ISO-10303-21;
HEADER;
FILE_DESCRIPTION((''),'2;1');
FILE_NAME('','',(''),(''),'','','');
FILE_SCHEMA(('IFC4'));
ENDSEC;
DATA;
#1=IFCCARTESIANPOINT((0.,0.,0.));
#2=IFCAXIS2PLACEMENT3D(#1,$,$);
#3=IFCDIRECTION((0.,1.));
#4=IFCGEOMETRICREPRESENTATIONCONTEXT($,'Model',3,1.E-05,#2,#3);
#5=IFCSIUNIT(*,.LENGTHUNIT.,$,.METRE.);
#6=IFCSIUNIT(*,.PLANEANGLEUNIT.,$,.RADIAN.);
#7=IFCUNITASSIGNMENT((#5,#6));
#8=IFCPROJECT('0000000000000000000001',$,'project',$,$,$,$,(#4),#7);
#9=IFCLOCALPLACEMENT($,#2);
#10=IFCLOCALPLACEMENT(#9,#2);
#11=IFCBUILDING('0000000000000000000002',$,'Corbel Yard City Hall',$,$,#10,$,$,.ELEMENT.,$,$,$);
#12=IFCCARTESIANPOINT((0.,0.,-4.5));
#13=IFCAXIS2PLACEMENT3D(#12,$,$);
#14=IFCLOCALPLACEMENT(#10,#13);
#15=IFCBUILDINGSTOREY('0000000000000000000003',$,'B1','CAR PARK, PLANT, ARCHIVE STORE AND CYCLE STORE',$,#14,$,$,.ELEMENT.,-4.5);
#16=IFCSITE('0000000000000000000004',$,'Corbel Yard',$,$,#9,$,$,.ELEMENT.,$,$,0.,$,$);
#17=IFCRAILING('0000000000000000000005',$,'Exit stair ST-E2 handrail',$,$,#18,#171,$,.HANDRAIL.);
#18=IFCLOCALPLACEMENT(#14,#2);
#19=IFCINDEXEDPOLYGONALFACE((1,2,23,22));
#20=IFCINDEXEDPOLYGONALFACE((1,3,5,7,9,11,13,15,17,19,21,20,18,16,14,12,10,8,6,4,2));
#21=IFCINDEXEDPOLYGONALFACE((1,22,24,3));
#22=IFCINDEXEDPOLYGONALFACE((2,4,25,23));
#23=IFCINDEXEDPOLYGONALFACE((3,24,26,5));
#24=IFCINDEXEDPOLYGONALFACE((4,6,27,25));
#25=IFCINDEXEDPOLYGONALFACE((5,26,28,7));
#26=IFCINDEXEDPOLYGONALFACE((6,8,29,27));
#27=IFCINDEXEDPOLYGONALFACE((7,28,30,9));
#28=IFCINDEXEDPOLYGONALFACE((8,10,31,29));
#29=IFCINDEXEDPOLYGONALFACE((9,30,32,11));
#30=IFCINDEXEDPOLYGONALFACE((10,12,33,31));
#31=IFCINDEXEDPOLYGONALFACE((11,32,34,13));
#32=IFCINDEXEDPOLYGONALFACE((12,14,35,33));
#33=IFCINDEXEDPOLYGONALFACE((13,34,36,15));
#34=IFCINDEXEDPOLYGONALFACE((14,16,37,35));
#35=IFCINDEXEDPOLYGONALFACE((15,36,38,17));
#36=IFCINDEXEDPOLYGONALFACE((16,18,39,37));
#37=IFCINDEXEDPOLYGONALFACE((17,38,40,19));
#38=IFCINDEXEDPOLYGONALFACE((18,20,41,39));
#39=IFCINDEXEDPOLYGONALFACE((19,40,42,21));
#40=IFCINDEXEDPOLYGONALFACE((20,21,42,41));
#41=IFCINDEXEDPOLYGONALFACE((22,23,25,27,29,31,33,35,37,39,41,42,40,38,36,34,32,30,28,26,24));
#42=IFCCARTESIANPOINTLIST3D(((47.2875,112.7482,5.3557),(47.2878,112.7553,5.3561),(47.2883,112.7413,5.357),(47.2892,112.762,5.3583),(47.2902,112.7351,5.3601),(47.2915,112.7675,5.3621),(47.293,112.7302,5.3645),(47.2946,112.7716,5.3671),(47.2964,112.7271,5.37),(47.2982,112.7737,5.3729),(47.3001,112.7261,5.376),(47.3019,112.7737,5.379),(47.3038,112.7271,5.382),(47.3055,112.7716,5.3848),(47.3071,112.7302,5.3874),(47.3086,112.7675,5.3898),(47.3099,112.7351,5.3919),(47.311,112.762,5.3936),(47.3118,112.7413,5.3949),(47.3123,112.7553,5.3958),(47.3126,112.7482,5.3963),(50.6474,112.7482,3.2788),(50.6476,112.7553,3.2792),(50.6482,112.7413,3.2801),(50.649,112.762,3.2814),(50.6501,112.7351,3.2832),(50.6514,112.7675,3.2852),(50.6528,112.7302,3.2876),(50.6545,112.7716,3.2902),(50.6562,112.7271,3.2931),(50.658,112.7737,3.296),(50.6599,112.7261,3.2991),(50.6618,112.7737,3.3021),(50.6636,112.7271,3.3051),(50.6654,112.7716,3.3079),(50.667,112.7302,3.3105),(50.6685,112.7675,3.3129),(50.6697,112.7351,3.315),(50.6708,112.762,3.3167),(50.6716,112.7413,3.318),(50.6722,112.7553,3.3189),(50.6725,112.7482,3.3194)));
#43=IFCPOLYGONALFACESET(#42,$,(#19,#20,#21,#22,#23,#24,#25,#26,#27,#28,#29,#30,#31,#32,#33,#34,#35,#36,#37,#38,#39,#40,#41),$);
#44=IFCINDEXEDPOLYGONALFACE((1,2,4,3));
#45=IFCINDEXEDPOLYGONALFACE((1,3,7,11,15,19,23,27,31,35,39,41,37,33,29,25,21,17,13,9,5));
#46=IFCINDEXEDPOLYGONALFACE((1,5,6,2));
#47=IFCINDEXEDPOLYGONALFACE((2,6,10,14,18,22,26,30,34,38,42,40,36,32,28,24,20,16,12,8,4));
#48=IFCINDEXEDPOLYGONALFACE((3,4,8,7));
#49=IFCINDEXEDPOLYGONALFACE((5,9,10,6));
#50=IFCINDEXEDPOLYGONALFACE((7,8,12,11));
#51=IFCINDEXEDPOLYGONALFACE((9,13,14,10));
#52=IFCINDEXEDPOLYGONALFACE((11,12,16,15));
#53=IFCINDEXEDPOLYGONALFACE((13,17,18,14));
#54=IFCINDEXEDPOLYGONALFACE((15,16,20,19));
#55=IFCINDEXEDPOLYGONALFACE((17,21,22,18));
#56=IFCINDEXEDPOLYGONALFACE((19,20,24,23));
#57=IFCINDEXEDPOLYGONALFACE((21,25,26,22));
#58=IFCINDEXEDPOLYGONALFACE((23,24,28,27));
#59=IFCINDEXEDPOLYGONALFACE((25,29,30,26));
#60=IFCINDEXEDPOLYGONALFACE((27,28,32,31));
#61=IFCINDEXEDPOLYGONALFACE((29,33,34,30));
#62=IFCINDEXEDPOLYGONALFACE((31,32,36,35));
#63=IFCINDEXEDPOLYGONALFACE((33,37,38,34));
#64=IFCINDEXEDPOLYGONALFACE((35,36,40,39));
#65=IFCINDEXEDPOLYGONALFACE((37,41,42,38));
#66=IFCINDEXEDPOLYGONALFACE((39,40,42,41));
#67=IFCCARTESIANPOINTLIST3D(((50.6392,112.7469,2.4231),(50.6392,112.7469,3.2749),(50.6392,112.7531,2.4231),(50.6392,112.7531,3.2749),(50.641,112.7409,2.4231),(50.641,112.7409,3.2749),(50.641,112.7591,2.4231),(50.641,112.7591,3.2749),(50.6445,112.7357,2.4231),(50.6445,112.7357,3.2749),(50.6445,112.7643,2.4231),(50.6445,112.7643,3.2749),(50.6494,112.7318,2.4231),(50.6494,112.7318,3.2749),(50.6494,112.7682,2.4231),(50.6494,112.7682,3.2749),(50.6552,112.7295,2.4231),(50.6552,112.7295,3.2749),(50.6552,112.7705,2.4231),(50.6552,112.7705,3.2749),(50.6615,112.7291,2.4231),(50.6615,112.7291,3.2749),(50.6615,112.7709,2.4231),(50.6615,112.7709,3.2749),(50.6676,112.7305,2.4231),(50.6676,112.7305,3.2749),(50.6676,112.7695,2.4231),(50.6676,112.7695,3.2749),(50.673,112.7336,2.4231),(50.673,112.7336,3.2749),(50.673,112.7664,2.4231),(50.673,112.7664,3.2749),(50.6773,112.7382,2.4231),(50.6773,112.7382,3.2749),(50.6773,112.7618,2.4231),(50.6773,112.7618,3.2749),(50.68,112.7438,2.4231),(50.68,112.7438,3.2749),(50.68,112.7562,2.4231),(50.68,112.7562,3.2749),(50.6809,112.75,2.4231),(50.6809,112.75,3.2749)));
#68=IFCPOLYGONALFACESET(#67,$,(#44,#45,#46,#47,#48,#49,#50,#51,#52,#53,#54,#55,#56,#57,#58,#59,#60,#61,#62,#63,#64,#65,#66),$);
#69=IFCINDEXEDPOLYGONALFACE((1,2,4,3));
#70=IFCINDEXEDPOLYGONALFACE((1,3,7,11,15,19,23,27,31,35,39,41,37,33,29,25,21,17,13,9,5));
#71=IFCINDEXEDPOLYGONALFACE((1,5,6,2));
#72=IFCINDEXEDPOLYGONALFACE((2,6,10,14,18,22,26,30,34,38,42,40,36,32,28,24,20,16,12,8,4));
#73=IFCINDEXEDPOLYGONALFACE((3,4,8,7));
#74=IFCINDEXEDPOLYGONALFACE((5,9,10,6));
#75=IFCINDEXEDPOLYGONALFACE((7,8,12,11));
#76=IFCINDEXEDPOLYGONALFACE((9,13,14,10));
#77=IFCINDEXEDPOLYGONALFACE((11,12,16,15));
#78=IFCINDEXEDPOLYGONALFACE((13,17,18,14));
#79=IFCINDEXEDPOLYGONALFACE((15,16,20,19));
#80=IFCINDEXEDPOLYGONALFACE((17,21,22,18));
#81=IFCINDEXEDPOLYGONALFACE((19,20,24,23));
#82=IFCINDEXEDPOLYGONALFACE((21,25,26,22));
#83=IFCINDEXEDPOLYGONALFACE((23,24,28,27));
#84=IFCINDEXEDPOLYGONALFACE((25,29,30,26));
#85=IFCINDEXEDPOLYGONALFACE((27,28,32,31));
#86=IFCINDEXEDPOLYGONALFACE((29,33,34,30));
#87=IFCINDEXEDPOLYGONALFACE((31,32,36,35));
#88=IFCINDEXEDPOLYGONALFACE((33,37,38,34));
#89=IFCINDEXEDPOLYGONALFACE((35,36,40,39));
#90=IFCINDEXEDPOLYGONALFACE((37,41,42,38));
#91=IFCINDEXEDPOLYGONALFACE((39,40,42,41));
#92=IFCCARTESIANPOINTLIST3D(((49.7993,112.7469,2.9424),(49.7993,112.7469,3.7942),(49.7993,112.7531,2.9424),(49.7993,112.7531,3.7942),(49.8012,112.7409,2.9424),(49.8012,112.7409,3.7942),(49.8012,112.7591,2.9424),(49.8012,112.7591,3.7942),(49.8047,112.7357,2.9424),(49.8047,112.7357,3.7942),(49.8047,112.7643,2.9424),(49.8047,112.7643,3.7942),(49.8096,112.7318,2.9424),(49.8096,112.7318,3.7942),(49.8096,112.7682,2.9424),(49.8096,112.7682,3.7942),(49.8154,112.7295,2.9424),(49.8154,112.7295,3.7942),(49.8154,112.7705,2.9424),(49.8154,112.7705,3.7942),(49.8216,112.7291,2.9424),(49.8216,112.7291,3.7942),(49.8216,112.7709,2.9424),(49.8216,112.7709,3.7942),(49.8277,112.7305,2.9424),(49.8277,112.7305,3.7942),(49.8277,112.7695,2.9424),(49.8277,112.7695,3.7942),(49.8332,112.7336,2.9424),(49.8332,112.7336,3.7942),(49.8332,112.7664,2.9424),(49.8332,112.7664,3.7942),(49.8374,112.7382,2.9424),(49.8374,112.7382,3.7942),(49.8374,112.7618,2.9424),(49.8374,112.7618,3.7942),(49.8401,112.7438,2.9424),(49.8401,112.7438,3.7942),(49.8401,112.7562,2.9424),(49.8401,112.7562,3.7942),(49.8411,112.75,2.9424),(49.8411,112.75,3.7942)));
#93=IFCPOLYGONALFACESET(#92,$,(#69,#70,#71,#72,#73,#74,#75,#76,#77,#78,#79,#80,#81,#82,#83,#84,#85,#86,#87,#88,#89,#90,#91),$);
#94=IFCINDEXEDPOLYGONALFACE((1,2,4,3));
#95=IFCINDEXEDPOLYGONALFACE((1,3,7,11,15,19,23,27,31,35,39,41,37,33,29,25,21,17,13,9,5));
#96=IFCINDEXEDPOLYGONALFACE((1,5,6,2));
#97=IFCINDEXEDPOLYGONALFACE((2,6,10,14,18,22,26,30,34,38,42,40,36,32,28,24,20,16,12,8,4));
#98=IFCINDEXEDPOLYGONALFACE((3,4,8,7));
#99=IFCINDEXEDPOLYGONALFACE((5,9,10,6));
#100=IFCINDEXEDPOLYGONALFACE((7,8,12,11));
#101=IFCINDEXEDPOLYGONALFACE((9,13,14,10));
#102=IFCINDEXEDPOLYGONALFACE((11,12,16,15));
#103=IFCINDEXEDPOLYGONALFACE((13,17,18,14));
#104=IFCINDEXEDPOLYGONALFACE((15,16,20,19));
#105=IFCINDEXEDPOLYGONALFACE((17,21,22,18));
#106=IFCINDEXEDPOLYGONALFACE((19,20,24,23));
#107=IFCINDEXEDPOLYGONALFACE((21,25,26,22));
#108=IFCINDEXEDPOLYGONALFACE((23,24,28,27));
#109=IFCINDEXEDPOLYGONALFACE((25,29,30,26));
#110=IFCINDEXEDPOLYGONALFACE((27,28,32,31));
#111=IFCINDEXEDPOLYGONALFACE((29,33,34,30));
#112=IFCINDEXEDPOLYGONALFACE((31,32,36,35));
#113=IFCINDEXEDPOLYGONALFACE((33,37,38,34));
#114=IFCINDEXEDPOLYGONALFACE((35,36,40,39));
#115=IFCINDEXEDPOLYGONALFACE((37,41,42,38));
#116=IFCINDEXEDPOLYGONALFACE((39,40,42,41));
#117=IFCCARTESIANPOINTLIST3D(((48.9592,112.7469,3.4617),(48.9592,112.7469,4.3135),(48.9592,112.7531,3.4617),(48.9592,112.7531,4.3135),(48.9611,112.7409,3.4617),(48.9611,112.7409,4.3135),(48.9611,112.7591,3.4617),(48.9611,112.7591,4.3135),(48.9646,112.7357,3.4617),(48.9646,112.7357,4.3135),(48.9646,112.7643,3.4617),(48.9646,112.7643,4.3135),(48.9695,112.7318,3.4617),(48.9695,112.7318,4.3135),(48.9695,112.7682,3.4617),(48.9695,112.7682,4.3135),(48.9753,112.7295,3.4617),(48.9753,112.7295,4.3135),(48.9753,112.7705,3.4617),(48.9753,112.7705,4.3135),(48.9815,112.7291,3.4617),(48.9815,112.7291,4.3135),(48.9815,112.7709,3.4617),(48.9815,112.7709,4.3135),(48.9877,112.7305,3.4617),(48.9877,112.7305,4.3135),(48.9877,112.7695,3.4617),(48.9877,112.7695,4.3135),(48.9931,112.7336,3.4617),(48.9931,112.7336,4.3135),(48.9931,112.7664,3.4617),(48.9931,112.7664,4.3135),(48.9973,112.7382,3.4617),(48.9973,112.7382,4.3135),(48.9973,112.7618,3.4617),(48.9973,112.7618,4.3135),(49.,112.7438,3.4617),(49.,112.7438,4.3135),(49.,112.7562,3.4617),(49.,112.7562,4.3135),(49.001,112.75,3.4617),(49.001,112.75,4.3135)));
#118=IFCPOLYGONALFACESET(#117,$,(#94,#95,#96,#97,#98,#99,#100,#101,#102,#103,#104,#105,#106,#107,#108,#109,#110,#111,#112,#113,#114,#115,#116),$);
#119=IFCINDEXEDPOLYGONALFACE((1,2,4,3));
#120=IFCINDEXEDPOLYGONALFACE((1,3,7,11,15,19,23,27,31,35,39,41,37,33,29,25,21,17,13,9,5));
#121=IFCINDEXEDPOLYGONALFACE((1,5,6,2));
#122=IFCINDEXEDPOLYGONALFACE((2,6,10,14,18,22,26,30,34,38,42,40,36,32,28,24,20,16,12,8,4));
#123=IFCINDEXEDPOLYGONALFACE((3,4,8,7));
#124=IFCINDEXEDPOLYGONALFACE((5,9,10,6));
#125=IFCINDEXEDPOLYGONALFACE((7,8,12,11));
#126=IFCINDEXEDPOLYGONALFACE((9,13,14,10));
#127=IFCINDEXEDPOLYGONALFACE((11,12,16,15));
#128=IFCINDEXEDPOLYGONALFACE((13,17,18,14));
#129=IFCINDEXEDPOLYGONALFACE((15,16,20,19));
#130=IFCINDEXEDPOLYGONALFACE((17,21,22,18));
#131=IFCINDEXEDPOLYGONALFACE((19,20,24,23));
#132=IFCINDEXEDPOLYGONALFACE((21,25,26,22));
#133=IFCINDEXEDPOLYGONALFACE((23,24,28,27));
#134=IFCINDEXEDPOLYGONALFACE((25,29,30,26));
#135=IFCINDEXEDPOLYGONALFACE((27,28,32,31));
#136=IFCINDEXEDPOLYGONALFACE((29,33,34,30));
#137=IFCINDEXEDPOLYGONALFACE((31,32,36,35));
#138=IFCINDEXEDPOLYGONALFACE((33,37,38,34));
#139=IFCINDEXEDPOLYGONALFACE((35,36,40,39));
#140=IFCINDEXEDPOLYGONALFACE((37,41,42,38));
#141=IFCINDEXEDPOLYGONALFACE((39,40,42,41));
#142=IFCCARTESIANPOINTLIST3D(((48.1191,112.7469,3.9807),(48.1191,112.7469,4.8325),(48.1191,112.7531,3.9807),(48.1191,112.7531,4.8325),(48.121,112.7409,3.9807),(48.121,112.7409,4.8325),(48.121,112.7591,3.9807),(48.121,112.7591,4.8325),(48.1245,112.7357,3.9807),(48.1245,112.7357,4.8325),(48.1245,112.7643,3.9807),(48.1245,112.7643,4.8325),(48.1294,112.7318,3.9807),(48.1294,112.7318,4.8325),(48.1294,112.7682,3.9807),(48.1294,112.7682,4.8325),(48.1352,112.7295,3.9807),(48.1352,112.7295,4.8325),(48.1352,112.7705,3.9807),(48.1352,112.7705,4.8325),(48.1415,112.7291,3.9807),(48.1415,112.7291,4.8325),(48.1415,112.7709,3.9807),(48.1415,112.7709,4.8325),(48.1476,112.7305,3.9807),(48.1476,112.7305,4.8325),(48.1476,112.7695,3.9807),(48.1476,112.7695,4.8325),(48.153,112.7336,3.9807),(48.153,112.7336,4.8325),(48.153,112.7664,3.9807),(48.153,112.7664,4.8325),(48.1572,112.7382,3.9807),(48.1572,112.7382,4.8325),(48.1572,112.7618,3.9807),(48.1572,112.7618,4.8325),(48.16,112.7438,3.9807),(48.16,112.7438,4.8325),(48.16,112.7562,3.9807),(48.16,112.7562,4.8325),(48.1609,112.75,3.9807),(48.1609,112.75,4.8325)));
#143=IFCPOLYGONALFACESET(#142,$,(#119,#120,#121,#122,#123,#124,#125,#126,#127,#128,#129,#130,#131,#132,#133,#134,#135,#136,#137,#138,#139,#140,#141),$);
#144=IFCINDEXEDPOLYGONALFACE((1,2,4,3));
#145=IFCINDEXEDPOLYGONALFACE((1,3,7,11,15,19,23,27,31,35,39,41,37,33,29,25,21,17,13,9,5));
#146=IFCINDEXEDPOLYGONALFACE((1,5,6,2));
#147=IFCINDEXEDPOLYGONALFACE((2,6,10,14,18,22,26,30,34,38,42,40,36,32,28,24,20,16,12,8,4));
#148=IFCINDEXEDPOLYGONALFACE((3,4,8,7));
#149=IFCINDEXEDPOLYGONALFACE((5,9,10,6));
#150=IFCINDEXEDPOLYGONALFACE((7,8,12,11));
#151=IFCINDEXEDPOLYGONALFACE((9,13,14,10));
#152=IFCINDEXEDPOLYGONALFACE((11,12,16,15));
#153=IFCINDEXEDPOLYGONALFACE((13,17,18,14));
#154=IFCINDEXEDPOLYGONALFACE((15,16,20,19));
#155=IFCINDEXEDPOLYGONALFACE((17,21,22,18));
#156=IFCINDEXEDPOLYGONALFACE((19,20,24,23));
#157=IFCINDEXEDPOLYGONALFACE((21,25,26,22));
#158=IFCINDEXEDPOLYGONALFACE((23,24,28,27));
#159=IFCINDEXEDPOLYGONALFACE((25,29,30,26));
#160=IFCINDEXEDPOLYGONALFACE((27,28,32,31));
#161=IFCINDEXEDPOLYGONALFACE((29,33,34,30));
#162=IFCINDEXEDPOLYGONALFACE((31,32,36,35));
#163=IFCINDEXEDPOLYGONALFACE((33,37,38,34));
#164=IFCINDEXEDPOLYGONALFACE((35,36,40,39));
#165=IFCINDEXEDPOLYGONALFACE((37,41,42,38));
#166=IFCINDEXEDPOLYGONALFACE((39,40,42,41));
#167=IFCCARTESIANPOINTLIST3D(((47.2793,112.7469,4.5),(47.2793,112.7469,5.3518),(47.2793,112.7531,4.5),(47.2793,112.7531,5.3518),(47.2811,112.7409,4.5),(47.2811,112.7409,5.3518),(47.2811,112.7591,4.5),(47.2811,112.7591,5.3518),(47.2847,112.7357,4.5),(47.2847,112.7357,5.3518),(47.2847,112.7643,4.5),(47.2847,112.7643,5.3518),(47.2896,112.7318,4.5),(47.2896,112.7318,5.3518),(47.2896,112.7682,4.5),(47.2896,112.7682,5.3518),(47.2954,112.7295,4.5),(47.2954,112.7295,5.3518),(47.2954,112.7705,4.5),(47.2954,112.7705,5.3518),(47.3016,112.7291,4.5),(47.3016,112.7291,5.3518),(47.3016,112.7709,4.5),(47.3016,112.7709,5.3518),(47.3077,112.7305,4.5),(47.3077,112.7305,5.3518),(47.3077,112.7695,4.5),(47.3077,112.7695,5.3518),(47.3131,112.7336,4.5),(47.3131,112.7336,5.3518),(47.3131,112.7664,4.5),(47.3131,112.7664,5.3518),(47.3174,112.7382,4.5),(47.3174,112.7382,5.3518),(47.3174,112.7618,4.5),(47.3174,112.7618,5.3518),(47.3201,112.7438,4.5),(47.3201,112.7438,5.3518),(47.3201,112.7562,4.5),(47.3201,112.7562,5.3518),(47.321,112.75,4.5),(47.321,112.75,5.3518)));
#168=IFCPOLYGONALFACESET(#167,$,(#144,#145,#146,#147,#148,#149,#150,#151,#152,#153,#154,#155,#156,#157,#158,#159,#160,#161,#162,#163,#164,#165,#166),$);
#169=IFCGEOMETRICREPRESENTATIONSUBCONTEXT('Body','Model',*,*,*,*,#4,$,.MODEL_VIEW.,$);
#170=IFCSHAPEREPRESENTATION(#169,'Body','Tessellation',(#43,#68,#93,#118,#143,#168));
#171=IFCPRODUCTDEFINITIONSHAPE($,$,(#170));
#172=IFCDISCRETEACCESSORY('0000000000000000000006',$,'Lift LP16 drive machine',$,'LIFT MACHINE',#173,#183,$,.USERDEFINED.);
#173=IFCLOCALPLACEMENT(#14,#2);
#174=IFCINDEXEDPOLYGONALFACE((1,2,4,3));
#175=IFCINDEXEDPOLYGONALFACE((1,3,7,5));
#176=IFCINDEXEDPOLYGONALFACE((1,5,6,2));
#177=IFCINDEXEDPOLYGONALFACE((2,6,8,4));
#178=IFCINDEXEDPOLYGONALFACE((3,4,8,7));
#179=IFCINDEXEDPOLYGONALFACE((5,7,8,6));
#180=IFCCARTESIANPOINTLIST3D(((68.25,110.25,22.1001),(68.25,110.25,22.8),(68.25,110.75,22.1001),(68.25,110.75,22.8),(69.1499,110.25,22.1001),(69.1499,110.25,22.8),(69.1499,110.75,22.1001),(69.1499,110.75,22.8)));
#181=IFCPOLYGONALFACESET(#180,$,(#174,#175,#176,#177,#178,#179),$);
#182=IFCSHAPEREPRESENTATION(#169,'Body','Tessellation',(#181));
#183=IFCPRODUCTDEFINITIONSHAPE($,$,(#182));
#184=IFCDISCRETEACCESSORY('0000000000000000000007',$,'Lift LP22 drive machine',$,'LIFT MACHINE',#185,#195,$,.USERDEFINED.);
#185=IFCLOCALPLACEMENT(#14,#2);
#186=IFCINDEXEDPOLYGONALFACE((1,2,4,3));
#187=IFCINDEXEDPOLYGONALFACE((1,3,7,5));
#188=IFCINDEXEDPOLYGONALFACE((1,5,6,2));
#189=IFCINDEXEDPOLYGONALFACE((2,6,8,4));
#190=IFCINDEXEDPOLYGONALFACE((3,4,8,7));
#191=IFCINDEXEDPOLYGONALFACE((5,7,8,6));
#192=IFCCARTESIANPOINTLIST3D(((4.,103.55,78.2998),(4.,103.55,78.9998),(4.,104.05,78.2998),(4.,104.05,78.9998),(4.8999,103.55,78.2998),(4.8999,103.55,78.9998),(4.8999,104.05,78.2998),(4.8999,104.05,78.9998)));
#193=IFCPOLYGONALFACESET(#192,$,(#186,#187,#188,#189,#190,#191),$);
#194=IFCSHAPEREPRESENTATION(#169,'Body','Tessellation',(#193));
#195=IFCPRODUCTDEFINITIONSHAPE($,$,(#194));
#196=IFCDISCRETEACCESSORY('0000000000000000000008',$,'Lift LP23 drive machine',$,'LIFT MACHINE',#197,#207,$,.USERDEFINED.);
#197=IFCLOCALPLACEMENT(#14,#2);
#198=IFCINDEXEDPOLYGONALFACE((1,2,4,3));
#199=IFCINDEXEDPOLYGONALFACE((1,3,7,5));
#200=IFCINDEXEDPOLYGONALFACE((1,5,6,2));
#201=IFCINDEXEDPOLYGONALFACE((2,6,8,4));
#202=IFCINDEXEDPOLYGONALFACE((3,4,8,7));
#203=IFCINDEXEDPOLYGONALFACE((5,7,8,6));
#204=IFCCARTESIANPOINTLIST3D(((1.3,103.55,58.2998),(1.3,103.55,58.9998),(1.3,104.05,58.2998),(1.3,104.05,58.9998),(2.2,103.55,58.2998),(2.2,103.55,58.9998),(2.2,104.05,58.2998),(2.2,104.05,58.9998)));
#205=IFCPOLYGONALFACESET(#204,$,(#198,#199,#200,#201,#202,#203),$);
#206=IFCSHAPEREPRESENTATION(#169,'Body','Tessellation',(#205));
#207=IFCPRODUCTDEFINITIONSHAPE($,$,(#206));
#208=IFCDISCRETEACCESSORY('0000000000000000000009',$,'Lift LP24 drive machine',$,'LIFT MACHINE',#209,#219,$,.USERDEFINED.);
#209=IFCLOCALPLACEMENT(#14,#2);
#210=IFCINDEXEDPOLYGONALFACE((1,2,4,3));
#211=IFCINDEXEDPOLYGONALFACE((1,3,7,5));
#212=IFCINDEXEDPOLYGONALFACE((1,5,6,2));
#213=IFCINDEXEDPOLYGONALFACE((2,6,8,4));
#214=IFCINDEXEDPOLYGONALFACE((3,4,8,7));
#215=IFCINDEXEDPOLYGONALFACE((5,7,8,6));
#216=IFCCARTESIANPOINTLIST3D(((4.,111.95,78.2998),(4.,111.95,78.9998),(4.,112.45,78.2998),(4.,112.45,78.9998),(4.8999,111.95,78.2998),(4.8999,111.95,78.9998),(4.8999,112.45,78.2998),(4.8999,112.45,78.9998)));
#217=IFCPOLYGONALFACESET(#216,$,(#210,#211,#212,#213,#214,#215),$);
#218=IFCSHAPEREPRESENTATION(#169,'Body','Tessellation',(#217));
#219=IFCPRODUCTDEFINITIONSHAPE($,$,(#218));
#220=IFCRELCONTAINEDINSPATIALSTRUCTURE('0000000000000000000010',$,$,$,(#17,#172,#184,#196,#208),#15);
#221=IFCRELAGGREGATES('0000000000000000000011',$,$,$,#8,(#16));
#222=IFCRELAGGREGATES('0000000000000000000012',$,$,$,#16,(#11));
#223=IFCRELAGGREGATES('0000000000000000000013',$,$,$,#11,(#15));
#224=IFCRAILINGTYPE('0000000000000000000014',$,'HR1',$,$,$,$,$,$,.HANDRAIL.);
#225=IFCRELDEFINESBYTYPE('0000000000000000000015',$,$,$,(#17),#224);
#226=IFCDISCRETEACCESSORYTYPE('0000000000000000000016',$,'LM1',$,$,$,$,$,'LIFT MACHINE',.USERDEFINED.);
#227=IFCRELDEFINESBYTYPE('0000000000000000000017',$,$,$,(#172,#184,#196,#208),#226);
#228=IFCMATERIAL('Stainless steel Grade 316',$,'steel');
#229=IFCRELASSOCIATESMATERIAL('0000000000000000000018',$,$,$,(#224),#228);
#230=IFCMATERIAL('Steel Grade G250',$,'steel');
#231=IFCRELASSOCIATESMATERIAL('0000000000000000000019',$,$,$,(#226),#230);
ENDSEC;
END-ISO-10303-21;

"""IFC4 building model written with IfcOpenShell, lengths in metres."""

from ifc_helpers import new_model, si_unit, direction, frame, origin, origin_2d, place, context, subcontext, project, spatial, rectangle, circle, extrude, material, type_object, element, save


model = new_model("IFC4")

# Units and contexts
model_context = context("Model", 3, precision=1e-05, world=origin(), true_north=direction((0.0, 1.0)))
body_context = subcontext(model_context, "Body", "Model", "MODEL_VIEW")
ifc_project = project(units=[si_unit("LENGTHUNIT", "METRE"), si_unit("PLANEANGLEUNIT", "RADIAN")], contexts=[model_context])

# Site, building, storey
site_placement = place(None, origin())
site = spatial("IfcSite", under=ifc_project, at=site_placement, Name="Corbel Yard", CompositionType="ELEMENT", RefElevation=0.0)
building_placement = place(site_placement, origin())
building = spatial("IfcBuilding", under=site, at=building_placement, Name="Corbel Yard City Hall", CompositionType="ELEMENT")
storey_placement = place(building_placement, frame((0.0, 0.0, -4.5)))
storey = spatial("IfcBuildingStorey", under=building, at=storey_placement, Name="B1", Description="CAR PARK, PLANT, ARCHIVE STORE AND CYCLE STORE", CompositionType="ELEMENT", Elevation=-4.5)

# Railing
ifc_material_1 = material(Name="Stainless steel Grade 316", Category="steel")
railing_type = type_object("IfcRailingType", Name="HR1", PredefinedType="HANDRAIL", material=ifc_material_1)
for number, where, name in (
    (1, (50.6599, 112.75, 2.4231), "Exit stair ST-E2 handrail"),
):
    element("IfcRailing", number, at=place(storey_placement, frame(where)), inside=storey, type_object=railing_type, Name=name, PredefinedType="HANDRAIL", context=body_context, shape_type="SweptSolid", body=[
        extrude(circle(Radius=0.0239, at=origin_2d()), frame((0.0, 0.0, 0.876), z_axis=(-0.850606, 0.0, 0.525803), x_axis=(0.0, -1.0, 0.0)), (0.0, 0.0, 1.0), 3.95),
        extrude(circle(Radius=0.021, at=origin_2d()), origin(), (0.0, 0.0, 1.0), 0.8518),
        extrude(circle(Radius=0.021, at=origin_2d()), frame((-0.8398, 0.0, 0.5193)), (0.0, 0.0, 1.0), 0.8518),
        extrude(circle(Radius=0.021, at=origin_2d()), frame((-1.6799, 0.0, 1.0386)), (0.0, 0.0, 1.0), 0.8518),
        extrude(circle(Radius=0.021, at=origin_2d()), frame((-2.52, 0.0, 1.5576)), (0.0, 0.0, 1.0), 0.8518),
        extrude(circle(Radius=0.021, at=origin_2d()), frame((-3.3599, 0.0, 2.0769)), (0.0, 0.0, 1.0), 0.8518),
    ])

# Discrete accessories
ifc_material_2 = material(Name="Steel Grade G250", Category="steel")
discrete_accessory_type = type_object("IfcDiscreteAccessoryType", Name="LM1", ElementType="LIFT MACHINE", PredefinedType="USERDEFINED", material=ifc_material_2)
for number, where, z_axis, x_axis, name in (
    (2, (68.7, 110.5, 22.1001), (0.0, 0.0, 1.0), (1.0, 0.0, 0.0), "Lift LP16 drive machine"),
    (3, (4.45, 103.8, 78.2998), (0.0, 0.0, 1.0), (1.0, 0.0, 0.0), "Lift LP22 drive machine"),
    (4, (1.75, 103.8, 58.2998), (0.0, 0.0, 1.0), (1.0, 0.0, 0.0), "Lift LP23 drive machine"),
    (5, (4.45, 112.2, 78.2998), (0.0, 0.0, 1.0), (1.0, 0.0, 0.0), "Lift LP24 drive machine"),
):
    element("IfcDiscreteAccessory", number, at=place(storey_placement, frame(where, z_axis=z_axis, x_axis=x_axis)), inside=storey, type_object=discrete_accessory_type, Name=name, ObjectType="LIFT MACHINE", PredefinedType="USERDEFINED", context=body_context, shape_type="SweptSolid", body=[
        extrude(rectangle(XDim=0.8999, YDim=0.5, at=origin_2d()), origin(), (0.0, 0.0, 1.0), 0.7),
    ])

save(model, "model.ifc")
